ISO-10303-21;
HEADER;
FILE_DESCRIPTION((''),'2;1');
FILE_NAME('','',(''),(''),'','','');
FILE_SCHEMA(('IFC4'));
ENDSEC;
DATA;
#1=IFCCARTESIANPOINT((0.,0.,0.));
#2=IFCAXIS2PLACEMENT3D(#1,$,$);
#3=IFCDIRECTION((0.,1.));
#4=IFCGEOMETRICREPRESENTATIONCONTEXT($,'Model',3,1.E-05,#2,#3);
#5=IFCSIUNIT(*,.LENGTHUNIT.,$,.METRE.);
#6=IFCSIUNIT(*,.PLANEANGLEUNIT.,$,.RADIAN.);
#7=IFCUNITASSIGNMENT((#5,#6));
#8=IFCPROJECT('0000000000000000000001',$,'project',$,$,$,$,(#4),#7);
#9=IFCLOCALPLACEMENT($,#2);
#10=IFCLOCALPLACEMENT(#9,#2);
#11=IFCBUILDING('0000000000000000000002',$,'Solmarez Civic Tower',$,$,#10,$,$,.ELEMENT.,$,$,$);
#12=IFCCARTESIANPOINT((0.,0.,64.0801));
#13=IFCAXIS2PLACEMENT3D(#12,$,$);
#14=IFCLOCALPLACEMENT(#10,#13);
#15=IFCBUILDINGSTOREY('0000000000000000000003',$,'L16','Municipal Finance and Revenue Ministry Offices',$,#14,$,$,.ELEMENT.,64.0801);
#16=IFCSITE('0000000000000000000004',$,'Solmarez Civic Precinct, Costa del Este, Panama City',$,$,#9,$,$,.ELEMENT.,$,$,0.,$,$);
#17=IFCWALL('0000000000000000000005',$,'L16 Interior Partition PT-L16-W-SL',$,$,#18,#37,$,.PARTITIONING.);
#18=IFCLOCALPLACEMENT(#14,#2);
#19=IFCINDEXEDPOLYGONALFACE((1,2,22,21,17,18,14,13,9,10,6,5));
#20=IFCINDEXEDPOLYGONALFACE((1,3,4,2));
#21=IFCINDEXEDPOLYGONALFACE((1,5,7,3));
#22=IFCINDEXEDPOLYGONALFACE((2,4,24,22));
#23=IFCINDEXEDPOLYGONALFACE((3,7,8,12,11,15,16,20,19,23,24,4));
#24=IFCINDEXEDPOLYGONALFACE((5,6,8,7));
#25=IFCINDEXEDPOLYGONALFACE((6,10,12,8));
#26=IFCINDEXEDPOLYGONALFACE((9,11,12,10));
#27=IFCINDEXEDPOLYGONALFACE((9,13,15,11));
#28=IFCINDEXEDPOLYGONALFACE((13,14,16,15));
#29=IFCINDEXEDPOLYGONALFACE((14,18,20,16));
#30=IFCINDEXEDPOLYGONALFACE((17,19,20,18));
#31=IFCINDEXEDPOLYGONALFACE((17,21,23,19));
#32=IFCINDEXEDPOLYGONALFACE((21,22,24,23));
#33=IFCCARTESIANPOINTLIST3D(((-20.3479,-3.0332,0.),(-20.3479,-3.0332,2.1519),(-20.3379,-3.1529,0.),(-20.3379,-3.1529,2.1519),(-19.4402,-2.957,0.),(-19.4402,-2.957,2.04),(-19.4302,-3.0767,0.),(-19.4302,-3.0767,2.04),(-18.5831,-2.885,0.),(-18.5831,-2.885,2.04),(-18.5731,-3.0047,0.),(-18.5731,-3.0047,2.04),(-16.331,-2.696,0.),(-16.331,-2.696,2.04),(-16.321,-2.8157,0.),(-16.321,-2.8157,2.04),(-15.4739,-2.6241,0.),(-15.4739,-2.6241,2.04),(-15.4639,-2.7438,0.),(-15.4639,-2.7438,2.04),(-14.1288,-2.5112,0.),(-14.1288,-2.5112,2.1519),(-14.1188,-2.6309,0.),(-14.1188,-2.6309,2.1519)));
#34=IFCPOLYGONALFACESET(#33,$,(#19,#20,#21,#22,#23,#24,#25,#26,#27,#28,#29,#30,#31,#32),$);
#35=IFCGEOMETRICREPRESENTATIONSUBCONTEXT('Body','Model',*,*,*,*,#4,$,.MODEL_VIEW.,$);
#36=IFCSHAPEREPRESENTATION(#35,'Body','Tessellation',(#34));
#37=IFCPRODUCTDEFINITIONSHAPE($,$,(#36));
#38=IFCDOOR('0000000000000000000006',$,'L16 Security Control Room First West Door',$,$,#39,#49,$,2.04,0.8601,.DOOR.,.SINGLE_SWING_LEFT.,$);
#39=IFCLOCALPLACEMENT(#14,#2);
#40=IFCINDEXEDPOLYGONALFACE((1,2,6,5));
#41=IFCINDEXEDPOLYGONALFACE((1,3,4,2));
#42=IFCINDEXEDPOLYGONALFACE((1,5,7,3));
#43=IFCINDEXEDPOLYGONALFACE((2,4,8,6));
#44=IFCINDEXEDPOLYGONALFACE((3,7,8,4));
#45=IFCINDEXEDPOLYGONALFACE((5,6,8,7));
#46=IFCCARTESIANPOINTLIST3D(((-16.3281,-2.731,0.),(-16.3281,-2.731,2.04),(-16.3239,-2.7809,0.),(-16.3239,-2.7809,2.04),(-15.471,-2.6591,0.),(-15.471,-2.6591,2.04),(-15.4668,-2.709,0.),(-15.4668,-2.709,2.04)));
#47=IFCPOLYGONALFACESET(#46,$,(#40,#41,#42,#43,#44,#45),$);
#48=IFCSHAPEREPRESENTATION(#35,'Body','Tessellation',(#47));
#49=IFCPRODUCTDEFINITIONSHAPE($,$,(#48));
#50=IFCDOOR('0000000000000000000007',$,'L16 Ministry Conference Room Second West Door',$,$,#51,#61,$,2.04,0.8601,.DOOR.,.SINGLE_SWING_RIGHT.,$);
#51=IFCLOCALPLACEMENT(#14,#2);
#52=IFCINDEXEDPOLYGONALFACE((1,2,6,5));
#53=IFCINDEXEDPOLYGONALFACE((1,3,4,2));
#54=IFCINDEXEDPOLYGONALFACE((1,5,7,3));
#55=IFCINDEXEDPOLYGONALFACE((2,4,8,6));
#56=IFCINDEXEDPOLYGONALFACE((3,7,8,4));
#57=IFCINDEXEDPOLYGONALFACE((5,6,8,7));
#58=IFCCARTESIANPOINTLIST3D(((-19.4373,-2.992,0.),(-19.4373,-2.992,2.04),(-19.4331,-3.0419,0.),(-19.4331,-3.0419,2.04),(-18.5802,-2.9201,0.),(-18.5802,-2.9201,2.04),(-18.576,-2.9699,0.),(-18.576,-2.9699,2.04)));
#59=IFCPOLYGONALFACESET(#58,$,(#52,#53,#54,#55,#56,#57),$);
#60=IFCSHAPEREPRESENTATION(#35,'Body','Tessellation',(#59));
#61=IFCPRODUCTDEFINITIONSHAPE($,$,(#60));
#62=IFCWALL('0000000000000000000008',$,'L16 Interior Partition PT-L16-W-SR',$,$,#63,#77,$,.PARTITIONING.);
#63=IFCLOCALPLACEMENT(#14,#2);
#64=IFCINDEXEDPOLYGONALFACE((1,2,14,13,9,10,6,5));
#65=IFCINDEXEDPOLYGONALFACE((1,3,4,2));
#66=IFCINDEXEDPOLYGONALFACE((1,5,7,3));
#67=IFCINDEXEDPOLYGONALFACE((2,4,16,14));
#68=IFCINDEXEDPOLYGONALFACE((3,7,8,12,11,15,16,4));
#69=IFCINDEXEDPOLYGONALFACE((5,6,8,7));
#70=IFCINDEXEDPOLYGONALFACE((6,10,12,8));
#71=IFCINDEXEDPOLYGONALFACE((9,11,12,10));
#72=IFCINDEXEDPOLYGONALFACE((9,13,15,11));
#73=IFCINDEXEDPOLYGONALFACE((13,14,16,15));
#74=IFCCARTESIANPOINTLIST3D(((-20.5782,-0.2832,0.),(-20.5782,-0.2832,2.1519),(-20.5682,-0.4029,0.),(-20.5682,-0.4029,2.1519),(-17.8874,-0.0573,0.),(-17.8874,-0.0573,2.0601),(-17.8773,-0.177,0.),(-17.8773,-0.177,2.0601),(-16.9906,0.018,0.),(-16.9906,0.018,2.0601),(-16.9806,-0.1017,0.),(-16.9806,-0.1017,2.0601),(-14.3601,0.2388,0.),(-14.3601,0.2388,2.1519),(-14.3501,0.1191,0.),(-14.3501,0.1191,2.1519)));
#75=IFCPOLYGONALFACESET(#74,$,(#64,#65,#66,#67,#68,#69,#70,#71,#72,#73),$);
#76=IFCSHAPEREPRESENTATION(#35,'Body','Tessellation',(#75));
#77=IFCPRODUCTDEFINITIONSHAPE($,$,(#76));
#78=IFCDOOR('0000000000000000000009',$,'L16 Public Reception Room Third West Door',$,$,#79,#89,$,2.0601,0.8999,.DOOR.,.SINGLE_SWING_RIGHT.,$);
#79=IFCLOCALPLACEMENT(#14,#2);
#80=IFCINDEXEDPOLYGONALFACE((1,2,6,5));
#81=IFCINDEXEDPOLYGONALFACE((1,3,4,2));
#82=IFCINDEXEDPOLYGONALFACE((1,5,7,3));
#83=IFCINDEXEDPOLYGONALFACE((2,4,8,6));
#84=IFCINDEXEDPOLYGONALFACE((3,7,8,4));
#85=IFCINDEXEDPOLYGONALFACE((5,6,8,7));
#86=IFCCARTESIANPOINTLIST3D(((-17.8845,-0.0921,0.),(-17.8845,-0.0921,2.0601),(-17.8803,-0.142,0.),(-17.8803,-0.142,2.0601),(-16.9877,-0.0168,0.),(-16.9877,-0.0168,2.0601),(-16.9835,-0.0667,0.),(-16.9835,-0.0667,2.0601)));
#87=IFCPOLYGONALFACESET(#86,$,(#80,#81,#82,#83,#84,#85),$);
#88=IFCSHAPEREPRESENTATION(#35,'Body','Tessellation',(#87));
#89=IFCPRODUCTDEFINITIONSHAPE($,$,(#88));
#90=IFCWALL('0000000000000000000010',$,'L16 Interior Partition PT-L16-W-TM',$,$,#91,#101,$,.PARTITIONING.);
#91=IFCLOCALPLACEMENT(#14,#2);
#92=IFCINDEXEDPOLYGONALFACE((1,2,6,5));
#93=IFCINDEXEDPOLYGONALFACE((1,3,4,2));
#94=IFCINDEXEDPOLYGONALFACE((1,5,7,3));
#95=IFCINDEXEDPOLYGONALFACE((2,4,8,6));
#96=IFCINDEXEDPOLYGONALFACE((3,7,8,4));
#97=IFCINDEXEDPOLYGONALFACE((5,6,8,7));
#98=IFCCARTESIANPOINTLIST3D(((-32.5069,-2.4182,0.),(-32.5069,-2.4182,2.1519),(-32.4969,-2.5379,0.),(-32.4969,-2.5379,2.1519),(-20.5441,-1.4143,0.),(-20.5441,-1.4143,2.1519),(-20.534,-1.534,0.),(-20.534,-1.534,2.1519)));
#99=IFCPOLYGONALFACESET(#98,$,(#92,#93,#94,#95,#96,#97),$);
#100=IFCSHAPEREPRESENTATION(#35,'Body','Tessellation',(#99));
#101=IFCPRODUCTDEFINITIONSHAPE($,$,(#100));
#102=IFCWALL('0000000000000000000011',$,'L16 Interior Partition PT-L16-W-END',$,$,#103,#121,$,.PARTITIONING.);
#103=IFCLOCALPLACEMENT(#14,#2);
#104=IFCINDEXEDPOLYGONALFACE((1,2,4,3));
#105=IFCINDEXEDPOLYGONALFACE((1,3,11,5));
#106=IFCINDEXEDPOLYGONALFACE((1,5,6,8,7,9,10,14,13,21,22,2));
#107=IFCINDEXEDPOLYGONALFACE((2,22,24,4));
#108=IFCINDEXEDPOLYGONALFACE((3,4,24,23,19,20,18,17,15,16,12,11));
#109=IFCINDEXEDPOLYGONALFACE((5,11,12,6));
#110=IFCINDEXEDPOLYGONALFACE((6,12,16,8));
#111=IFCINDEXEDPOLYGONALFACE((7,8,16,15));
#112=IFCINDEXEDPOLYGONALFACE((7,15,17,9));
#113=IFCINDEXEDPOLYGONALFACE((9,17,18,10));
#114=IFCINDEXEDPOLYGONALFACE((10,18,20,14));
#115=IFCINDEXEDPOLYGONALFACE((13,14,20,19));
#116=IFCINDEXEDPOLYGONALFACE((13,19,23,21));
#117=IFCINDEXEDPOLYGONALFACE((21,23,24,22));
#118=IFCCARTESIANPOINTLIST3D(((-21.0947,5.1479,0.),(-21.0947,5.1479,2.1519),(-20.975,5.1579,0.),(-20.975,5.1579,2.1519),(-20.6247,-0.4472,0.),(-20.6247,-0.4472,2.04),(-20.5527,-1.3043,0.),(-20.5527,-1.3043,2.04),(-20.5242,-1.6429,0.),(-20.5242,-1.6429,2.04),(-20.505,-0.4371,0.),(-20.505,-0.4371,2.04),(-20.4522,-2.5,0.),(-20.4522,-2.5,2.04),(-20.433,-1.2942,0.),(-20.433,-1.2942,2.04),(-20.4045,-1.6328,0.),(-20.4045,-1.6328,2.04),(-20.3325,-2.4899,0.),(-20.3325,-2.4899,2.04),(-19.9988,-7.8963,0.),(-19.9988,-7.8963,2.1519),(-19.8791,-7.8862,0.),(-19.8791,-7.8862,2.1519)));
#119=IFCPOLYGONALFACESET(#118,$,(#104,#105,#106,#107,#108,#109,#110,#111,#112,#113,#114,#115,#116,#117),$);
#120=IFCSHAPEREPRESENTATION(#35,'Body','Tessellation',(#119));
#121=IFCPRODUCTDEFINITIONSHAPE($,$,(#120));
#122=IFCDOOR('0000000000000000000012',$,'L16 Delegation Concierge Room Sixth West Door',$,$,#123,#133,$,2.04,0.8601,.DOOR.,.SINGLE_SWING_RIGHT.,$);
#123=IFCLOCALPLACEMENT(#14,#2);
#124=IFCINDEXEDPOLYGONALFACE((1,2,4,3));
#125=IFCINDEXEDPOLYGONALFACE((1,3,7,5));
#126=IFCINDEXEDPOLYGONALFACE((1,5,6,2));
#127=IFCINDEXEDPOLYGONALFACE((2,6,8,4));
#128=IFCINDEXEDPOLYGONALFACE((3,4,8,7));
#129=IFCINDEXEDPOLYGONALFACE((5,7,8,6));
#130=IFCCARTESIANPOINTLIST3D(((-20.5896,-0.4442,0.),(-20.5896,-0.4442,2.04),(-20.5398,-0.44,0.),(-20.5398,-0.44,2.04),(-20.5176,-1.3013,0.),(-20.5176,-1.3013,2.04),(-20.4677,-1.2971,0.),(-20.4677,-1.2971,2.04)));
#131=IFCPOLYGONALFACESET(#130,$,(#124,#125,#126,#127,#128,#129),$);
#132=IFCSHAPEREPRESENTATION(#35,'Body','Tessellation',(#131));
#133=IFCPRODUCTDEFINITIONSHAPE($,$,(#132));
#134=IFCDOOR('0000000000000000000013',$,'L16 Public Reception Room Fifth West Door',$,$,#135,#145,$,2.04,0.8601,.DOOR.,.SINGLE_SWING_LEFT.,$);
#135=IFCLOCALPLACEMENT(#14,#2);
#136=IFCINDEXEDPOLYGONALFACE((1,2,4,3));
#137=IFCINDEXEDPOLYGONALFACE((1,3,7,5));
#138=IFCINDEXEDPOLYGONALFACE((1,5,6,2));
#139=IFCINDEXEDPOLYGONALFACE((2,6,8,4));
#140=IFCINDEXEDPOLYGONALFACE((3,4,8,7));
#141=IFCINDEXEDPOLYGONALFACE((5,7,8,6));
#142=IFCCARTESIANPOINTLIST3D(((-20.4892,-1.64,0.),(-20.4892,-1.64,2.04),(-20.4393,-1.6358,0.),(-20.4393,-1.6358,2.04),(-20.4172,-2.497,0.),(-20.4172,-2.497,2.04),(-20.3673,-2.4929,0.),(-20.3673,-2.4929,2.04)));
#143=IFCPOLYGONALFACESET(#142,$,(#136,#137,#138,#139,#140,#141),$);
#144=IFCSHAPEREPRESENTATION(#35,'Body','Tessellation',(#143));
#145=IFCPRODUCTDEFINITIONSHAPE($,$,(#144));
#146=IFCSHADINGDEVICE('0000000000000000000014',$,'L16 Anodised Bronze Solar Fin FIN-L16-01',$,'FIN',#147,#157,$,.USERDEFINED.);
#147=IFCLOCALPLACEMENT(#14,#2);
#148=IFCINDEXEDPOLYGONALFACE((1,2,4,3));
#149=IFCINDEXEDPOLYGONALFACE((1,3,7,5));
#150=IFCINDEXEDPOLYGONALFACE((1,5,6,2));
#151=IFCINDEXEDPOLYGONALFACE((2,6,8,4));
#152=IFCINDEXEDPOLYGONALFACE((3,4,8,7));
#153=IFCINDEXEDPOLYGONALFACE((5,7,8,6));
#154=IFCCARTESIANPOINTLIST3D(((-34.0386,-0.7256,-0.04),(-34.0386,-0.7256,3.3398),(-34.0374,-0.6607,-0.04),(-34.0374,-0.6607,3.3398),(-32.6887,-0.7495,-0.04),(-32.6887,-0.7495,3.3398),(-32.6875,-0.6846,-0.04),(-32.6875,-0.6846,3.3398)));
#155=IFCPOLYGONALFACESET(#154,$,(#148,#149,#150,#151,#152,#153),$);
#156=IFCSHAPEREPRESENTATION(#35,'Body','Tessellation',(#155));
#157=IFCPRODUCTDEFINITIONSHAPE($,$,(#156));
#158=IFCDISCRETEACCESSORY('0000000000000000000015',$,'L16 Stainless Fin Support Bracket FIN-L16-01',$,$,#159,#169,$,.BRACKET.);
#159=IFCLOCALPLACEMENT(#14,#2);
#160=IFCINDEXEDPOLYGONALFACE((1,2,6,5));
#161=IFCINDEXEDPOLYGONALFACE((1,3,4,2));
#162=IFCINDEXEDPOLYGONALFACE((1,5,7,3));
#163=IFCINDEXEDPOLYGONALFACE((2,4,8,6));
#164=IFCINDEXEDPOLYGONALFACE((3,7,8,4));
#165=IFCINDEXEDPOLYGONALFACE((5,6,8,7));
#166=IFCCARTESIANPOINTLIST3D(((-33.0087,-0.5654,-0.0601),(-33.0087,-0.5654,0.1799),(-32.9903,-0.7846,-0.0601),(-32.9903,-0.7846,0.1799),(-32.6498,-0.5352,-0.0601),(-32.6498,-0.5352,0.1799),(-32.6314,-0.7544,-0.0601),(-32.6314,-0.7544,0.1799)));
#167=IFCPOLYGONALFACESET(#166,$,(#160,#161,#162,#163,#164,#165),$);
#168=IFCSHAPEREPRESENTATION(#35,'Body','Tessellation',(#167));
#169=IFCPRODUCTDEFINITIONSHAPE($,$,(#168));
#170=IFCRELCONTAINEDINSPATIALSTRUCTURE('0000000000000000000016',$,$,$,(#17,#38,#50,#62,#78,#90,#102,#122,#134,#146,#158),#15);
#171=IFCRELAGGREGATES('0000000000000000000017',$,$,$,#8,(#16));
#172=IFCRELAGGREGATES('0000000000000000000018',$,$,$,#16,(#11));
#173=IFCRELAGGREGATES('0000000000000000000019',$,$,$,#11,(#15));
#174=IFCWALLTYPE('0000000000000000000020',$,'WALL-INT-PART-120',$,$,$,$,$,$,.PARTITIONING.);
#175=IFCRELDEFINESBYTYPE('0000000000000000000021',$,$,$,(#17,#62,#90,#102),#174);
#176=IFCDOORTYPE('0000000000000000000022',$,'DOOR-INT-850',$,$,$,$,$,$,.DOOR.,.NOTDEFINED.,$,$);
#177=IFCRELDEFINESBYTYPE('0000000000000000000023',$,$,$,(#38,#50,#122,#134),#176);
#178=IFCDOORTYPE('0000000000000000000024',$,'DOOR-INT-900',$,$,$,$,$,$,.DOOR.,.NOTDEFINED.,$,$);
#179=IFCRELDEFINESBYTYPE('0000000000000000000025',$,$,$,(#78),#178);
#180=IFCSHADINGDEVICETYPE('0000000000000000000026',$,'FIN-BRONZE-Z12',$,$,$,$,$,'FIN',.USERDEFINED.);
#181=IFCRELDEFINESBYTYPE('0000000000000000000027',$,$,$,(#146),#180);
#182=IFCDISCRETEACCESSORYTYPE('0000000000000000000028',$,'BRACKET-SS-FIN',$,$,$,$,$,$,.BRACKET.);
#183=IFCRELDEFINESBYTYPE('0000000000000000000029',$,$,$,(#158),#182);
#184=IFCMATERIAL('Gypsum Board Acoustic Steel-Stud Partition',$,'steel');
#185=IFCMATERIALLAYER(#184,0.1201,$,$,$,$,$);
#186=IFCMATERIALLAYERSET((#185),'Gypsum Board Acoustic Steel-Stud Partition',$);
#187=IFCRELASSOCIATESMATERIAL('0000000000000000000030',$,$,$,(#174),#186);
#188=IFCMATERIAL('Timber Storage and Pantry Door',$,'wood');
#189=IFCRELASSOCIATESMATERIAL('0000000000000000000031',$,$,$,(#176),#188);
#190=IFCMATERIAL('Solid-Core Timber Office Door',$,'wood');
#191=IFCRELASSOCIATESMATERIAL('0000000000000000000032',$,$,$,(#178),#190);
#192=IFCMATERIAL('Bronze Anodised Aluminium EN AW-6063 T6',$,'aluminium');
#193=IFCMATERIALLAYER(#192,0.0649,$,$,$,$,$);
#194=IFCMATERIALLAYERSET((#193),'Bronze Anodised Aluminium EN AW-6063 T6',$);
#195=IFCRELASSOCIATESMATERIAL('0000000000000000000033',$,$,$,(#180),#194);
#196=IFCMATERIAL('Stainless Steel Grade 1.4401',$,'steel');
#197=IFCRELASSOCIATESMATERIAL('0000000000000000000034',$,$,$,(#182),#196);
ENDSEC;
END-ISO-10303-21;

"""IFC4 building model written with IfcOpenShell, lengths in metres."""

from ifc_helpers import new_model, si_unit, direction, frame, frame_2d, origin, origin_2d, place, context, subcontext, project, spatial, rectangle, extrude, material, layer, layer_set, type_object, element, fill, save


model = new_model("IFC4")

# Units and contexts
model_context = context("Model", 3, precision=1e-05, world=origin(), true_north=direction((0.0, 1.0)))
body_context = subcontext(model_context, "Body", "Model", "MODEL_VIEW")
ifc_project = project(units=[si_unit("LENGTHUNIT", "METRE"), si_unit("PLANEANGLEUNIT", "RADIAN")], contexts=[model_context])

# Site, building, storey
site_placement = place(None, origin())
site = spatial("IfcSite", under=ifc_project, at=site_placement, Name="Solmarez Civic Precinct, Costa del Este, Panama City", CompositionType="ELEMENT", RefElevation=0.0)
building_placement = place(site_placement, origin())
building = spatial("IfcBuilding", under=site, at=building_placement, Name="Solmarez Civic Tower", CompositionType="ELEMENT")
storey_placement = place(building_placement, frame((0.0, 0.0, 64.0801)))
storey = spatial("IfcBuildingStorey", under=building, at=storey_placement, Name="L16", Description="Municipal Finance and Revenue Ministry Offices", CompositionType="ELEMENT", Elevation=64.0801)

# Shared definitions
ifc_material_1 = material(Name="Gypsum Board Acoustic Steel-Stud Partition", Category="steel")
ifc_layer_1 = layer(ifc_material_1, 0.1201)
ifc_layer_set_1 = layer_set([ifc_layer_1], Name="Gypsum Board Acoustic Steel-Stud Partition")
wall_type_1 = type_object("IfcWallType", Name="WALL-INT-PART-120", PredefinedType="PARTITIONING", material=ifc_layer_set_1)

# Wall, openings, doors
wall_1_placement = place(storey_placement, frame((-20.343, -3.093, 0.0), z_axis=(0.0, 0.0, 1.0), x_axis=(0.996496, 0.083638, 0.0)))
wall_1 = element("IfcWall", 1, at=wall_1_placement, inside=storey, type_object=wall_type_1, Name="L16 Interior Partition PT-L16-W-SL", PredefinedType="PARTITIONING", context=body_context, shape_type="SweptSolid", body=[
    extrude(rectangle(XDim=6.241, YDim=0.1201, at=frame_2d((3.1206, 0.0))), origin(), (0.0, 0.0, 1.0), 2.1519),
])
opening_1_placement = place(wall_1_placement, frame((4.031, 0.0, 0.0)))
opening_1 = element("IfcOpeningElement", 2, at=opening_1_placement, cuts=wall_1, PredefinedType="OPENING", context=body_context, shape_type="SweptSolid", body=[
    extrude(rectangle(XDim=0.8601, YDim=2.04, at=frame_2d((0.4302, 1.02))), frame((0.0, 0.0701, 0.0), z_axis=(0.0, -1.0, 0.0), x_axis=(1.0, 0.0, 0.0)), (0.0, 0.0, 1.0), 0.1401),
])
opening_2_placement = place(wall_1_placement, frame((0.9109, 0.0, 0.0)))
opening_2 = element("IfcOpeningElement", 3, at=opening_2_placement, cuts=wall_1, PredefinedType="OPENING", context=body_context, shape_type="SweptSolid", body=[
    extrude(rectangle(XDim=0.8601, YDim=2.04, at=frame_2d((0.4302, 1.02))), frame((0.0, 0.0701, 0.0), z_axis=(0.0, -1.0, 0.0), x_axis=(1.0, 0.0, 0.0)), (0.0, 0.0, 1.0), 0.1401),
])
ifc_material_2 = material(Name="Timber Storage and Pantry Door", Category="wood")
door_type_1 = type_object("IfcDoorType", Name="DOOR-INT-850", OperationType="NOTDEFINED", PredefinedType="DOOR", material=ifc_material_2)
door_1_placement = place(opening_1_placement, origin())
door_1 = element("IfcDoor", 4, at=door_1_placement, inside=storey, type_object=door_type_1, Name="L16 Security Control Room First West Door", OperationType="SINGLE_SWING_LEFT", OverallHeight=2.04, OverallWidth=0.8601, PredefinedType="DOOR", context=body_context, shape_type="SweptSolid", body=[
    extrude(rectangle(XDim=0.8601, YDim=2.04, at=frame_2d((0.4302, 1.02))), frame((0.0, 0.0249, 0.0), z_axis=(0.0, -1.0, 0.0), x_axis=(1.0, 0.0, 0.0)), (0.0, 0.0, 1.0), 0.05),
])
fill(opening_1, door_1)
door_2_placement = place(opening_2_placement, origin())
door_2 = element("IfcDoor", 5, at=door_2_placement, inside=storey, type_object=door_type_1, Name="L16 Ministry Conference Room Second West Door", OperationType="SINGLE_SWING_RIGHT", OverallHeight=2.04, OverallWidth=0.8601, PredefinedType="DOOR", context=body_context, shape_type="SweptSolid", body=[
    extrude(rectangle(XDim=0.8601, YDim=2.04, at=frame_2d((0.4302, 1.02))), frame((0.0, 0.0249, 0.0), z_axis=(0.0, -1.0, 0.0), x_axis=(1.0, 0.0, 0.0)), (0.0, 0.0, 1.0), 0.05),
])
fill(opening_2, door_2)

# Wall, opening, door
wall_2_placement = place(storey_placement, frame((-14.355, 0.179, 0.0), z_axis=(0.0, 0.0, 1.0), x_axis=(-0.996495, -0.083651, 0.0)))
wall_2 = element("IfcWall", 6, at=wall_2_placement, inside=storey, type_object=wall_type_1, Name="L16 Interior Partition PT-L16-W-SR", PredefinedType="PARTITIONING", context=body_context, shape_type="SweptSolid", body=[
    extrude(rectangle(XDim=6.24, YDim=0.1201, at=frame_2d((3.1201, 0.0))), origin(), (0.0, 0.0, 1.0), 2.1519),
])
opening_3_placement = place(wall_2_placement, frame((2.6399, 0.0, 0.0)))
opening_3 = element("IfcOpeningElement", 7, at=opening_3_placement, cuts=wall_2, PredefinedType="OPENING", context=body_context, shape_type="SweptSolid", body=[
    extrude(rectangle(XDim=0.8999, YDim=2.0601, at=frame_2d((0.45, 1.03))), frame((0.0, 0.0701, 0.0), z_axis=(0.0, -1.0, 0.0), x_axis=(1.0, 0.0, 0.0)), (0.0, 0.0, 1.0), 0.1401),
])
ifc_material_3 = material(Name="Solid-Core Timber Office Door", Category="wood")
door_type_2 = type_object("IfcDoorType", Name="DOOR-INT-900", OperationType="NOTDEFINED", PredefinedType="DOOR", material=ifc_material_3)
door_3_placement = place(opening_3_placement, origin())
door_3 = element("IfcDoor", 8, at=door_3_placement, inside=storey, type_object=door_type_2, Name="L16 Public Reception Room Third West Door", OperationType="SINGLE_SWING_RIGHT", OverallHeight=2.0601, OverallWidth=0.8999, PredefinedType="DOOR", context=body_context, shape_type="SweptSolid", body=[
    extrude(rectangle(XDim=0.8999, YDim=2.0601, at=frame_2d((0.45, 1.03))), frame((0.0, 0.0249, 0.0), z_axis=(0.0, -1.0, 0.0), x_axis=(1.0, 0.0, 0.0)), (0.0, 0.0, 1.0), 0.05),
])
fill(opening_3, door_3)

# Wall
wall_3_placement = place(storey_placement, frame((-20.5391, -1.4741, 0.0), z_axis=(0.0, 0.0, 1.0), x_axis=(-0.996497, -0.083624, 0.0)))
element("IfcWall", 9, at=wall_3_placement, inside=storey, type_object=wall_type_1, Name="L16 Interior Partition PT-L16-W-TM", PredefinedType="PARTITIONING", context=body_context, shape_type="SweptSolid", body=[
    extrude(rectangle(XDim=12.0049, YDim=0.1201, at=frame_2d((6.0024, 0.0))), origin(), (0.0, 0.0, 1.0), 2.1519),
])

# Wall, openings, doors
wall_4_placement = place(storey_placement, frame((-19.939, -7.8911, 0.0), z_axis=(0.0, 0.0, 1.0), x_axis=(-0.083723, 0.996489, 0.0)))
wall_4 = element("IfcWall", 10, at=wall_4_placement, inside=storey, type_object=wall_type_1, Name="L16 Interior Partition PT-L16-W-END", PredefinedType="PARTITIONING", context=body_context, shape_type="SweptSolid", body=[
    extrude(rectangle(XDim=13.0901, YDim=0.1201, at=frame_2d((6.5449, 0.0))), origin(), (0.0, 0.0, 1.0), 2.1519),
])
opening_4_placement = place(wall_4_placement, frame((6.615, 0.0, 0.0)))
opening_4 = element("IfcOpeningElement", 11, at=opening_4_placement, cuts=wall_4, PredefinedType="OPENING", context=body_context, shape_type="SweptSolid", body=[
    extrude(rectangle(XDim=0.8601, YDim=2.04, at=frame_2d((0.4302, 1.02))), frame((0.0, 0.0701, 0.0), z_axis=(0.0, -1.0, 0.0), x_axis=(1.0, 0.0, 0.0)), (0.0, 0.0, 1.0), 0.1401),
])
opening_5_placement = place(wall_4_placement, frame((5.415, 0.0, 0.0)))
opening_5 = element("IfcOpeningElement", 12, at=opening_5_placement, cuts=wall_4, PredefinedType="OPENING", context=body_context, shape_type="SweptSolid", body=[
    extrude(rectangle(XDim=0.8601, YDim=2.04, at=frame_2d((0.4302, 1.02))), frame((0.0, 0.0701, 0.0), z_axis=(0.0, -1.0, 0.0), x_axis=(1.0, 0.0, 0.0)), (0.0, 0.0, 1.0), 0.1401),
])
door_4_placement = place(opening_4_placement, origin())
door_4 = element("IfcDoor", 13, at=door_4_placement, inside=storey, type_object=door_type_1, Name="L16 Delegation Concierge Room Sixth West Door", OperationType="SINGLE_SWING_RIGHT", OverallHeight=2.04, OverallWidth=0.8601, PredefinedType="DOOR", context=body_context, shape_type="SweptSolid", body=[
    extrude(rectangle(XDim=0.8601, YDim=2.04, at=frame_2d((0.4302, 1.02))), frame((0.0, 0.0249, 0.0), z_axis=(0.0, -1.0, 0.0), x_axis=(1.0, 0.0, 0.0)), (0.0, 0.0, 1.0), 0.05),
])
fill(opening_4, door_4)
door_5_placement = place(opening_5_placement, origin())
door_5 = element("IfcDoor", 14, at=door_5_placement, inside=storey, type_object=door_type_1, Name="L16 Public Reception Room Fifth West Door", OperationType="SINGLE_SWING_LEFT", OverallHeight=2.04, OverallWidth=0.8601, PredefinedType="DOOR", context=body_context, shape_type="SweptSolid", body=[
    extrude(rectangle(XDim=0.8601, YDim=2.04, at=frame_2d((0.4302, 1.02))), frame((0.0, 0.0249, 0.0), z_axis=(0.0, -1.0, 0.0), x_axis=(1.0, 0.0, 0.0)), (0.0, 0.0, 1.0), 0.05),
])
fill(opening_5, door_5)

# Shading device
ifc_material_4 = material(Name="Bronze Anodised Aluminium EN AW-6063 T6", Category="aluminium")
ifc_layer_2 = layer(ifc_material_4, 0.0649)
ifc_layer_set_2 = layer_set([ifc_layer_2], Name="Bronze Anodised Aluminium EN AW-6063 T6")
shading_device_type = type_object("IfcShadingDeviceType", Name="FIN-BRONZE-Z12", ElementType="FIN", PredefinedType="USERDEFINED", material=ifc_layer_set_2)
shading_device_placement = place(storey_placement, frame((-33.363, -0.7051, -0.04), z_axis=(0.0, 0.0, 1.0), x_axis=(-0.999843, 0.017714, 0.0)))
element("IfcShadingDevice", 15, at=shading_device_placement, inside=storey, type_object=shading_device_type, Name="L16 Anodised Bronze Solar Fin FIN-L16-01", ObjectType="FIN", PredefinedType="USERDEFINED", context=body_context, shape_type="SweptSolid", body=[
    extrude(rectangle(XDim=1.3501, YDim=0.0649, at=origin_2d()), origin(), (0.0, 0.0, 1.0), 3.3799),
])

# Discrete accessory
ifc_material_5 = material(Name="Stainless Steel Grade 1.4401", Category="steel")
discrete_accessory_type = type_object("IfcDiscreteAccessoryType", Name="BRACKET-SS-FIN", PredefinedType="BRACKET", material=ifc_material_5)
discrete_accessory_placement = place(storey_placement, frame((-32.8201, -0.6599, -0.0601), z_axis=(0.0, 0.0, 1.0), x_axis=(-0.996495, -0.083658, 0.0)))
element("IfcDiscreteAccessory", 16, at=discrete_accessory_placement, inside=storey, type_object=discrete_accessory_type, Name="L16 Stainless Fin Support Bracket FIN-L16-01", PredefinedType="BRACKET", context=body_context, shape_type="SweptSolid", body=[
    extrude(rectangle(XDim=0.3601, YDim=0.22, at=origin_2d()), origin(), (0.0, 0.0, 1.0), 0.24),
])

save(model, "model.ifc")
